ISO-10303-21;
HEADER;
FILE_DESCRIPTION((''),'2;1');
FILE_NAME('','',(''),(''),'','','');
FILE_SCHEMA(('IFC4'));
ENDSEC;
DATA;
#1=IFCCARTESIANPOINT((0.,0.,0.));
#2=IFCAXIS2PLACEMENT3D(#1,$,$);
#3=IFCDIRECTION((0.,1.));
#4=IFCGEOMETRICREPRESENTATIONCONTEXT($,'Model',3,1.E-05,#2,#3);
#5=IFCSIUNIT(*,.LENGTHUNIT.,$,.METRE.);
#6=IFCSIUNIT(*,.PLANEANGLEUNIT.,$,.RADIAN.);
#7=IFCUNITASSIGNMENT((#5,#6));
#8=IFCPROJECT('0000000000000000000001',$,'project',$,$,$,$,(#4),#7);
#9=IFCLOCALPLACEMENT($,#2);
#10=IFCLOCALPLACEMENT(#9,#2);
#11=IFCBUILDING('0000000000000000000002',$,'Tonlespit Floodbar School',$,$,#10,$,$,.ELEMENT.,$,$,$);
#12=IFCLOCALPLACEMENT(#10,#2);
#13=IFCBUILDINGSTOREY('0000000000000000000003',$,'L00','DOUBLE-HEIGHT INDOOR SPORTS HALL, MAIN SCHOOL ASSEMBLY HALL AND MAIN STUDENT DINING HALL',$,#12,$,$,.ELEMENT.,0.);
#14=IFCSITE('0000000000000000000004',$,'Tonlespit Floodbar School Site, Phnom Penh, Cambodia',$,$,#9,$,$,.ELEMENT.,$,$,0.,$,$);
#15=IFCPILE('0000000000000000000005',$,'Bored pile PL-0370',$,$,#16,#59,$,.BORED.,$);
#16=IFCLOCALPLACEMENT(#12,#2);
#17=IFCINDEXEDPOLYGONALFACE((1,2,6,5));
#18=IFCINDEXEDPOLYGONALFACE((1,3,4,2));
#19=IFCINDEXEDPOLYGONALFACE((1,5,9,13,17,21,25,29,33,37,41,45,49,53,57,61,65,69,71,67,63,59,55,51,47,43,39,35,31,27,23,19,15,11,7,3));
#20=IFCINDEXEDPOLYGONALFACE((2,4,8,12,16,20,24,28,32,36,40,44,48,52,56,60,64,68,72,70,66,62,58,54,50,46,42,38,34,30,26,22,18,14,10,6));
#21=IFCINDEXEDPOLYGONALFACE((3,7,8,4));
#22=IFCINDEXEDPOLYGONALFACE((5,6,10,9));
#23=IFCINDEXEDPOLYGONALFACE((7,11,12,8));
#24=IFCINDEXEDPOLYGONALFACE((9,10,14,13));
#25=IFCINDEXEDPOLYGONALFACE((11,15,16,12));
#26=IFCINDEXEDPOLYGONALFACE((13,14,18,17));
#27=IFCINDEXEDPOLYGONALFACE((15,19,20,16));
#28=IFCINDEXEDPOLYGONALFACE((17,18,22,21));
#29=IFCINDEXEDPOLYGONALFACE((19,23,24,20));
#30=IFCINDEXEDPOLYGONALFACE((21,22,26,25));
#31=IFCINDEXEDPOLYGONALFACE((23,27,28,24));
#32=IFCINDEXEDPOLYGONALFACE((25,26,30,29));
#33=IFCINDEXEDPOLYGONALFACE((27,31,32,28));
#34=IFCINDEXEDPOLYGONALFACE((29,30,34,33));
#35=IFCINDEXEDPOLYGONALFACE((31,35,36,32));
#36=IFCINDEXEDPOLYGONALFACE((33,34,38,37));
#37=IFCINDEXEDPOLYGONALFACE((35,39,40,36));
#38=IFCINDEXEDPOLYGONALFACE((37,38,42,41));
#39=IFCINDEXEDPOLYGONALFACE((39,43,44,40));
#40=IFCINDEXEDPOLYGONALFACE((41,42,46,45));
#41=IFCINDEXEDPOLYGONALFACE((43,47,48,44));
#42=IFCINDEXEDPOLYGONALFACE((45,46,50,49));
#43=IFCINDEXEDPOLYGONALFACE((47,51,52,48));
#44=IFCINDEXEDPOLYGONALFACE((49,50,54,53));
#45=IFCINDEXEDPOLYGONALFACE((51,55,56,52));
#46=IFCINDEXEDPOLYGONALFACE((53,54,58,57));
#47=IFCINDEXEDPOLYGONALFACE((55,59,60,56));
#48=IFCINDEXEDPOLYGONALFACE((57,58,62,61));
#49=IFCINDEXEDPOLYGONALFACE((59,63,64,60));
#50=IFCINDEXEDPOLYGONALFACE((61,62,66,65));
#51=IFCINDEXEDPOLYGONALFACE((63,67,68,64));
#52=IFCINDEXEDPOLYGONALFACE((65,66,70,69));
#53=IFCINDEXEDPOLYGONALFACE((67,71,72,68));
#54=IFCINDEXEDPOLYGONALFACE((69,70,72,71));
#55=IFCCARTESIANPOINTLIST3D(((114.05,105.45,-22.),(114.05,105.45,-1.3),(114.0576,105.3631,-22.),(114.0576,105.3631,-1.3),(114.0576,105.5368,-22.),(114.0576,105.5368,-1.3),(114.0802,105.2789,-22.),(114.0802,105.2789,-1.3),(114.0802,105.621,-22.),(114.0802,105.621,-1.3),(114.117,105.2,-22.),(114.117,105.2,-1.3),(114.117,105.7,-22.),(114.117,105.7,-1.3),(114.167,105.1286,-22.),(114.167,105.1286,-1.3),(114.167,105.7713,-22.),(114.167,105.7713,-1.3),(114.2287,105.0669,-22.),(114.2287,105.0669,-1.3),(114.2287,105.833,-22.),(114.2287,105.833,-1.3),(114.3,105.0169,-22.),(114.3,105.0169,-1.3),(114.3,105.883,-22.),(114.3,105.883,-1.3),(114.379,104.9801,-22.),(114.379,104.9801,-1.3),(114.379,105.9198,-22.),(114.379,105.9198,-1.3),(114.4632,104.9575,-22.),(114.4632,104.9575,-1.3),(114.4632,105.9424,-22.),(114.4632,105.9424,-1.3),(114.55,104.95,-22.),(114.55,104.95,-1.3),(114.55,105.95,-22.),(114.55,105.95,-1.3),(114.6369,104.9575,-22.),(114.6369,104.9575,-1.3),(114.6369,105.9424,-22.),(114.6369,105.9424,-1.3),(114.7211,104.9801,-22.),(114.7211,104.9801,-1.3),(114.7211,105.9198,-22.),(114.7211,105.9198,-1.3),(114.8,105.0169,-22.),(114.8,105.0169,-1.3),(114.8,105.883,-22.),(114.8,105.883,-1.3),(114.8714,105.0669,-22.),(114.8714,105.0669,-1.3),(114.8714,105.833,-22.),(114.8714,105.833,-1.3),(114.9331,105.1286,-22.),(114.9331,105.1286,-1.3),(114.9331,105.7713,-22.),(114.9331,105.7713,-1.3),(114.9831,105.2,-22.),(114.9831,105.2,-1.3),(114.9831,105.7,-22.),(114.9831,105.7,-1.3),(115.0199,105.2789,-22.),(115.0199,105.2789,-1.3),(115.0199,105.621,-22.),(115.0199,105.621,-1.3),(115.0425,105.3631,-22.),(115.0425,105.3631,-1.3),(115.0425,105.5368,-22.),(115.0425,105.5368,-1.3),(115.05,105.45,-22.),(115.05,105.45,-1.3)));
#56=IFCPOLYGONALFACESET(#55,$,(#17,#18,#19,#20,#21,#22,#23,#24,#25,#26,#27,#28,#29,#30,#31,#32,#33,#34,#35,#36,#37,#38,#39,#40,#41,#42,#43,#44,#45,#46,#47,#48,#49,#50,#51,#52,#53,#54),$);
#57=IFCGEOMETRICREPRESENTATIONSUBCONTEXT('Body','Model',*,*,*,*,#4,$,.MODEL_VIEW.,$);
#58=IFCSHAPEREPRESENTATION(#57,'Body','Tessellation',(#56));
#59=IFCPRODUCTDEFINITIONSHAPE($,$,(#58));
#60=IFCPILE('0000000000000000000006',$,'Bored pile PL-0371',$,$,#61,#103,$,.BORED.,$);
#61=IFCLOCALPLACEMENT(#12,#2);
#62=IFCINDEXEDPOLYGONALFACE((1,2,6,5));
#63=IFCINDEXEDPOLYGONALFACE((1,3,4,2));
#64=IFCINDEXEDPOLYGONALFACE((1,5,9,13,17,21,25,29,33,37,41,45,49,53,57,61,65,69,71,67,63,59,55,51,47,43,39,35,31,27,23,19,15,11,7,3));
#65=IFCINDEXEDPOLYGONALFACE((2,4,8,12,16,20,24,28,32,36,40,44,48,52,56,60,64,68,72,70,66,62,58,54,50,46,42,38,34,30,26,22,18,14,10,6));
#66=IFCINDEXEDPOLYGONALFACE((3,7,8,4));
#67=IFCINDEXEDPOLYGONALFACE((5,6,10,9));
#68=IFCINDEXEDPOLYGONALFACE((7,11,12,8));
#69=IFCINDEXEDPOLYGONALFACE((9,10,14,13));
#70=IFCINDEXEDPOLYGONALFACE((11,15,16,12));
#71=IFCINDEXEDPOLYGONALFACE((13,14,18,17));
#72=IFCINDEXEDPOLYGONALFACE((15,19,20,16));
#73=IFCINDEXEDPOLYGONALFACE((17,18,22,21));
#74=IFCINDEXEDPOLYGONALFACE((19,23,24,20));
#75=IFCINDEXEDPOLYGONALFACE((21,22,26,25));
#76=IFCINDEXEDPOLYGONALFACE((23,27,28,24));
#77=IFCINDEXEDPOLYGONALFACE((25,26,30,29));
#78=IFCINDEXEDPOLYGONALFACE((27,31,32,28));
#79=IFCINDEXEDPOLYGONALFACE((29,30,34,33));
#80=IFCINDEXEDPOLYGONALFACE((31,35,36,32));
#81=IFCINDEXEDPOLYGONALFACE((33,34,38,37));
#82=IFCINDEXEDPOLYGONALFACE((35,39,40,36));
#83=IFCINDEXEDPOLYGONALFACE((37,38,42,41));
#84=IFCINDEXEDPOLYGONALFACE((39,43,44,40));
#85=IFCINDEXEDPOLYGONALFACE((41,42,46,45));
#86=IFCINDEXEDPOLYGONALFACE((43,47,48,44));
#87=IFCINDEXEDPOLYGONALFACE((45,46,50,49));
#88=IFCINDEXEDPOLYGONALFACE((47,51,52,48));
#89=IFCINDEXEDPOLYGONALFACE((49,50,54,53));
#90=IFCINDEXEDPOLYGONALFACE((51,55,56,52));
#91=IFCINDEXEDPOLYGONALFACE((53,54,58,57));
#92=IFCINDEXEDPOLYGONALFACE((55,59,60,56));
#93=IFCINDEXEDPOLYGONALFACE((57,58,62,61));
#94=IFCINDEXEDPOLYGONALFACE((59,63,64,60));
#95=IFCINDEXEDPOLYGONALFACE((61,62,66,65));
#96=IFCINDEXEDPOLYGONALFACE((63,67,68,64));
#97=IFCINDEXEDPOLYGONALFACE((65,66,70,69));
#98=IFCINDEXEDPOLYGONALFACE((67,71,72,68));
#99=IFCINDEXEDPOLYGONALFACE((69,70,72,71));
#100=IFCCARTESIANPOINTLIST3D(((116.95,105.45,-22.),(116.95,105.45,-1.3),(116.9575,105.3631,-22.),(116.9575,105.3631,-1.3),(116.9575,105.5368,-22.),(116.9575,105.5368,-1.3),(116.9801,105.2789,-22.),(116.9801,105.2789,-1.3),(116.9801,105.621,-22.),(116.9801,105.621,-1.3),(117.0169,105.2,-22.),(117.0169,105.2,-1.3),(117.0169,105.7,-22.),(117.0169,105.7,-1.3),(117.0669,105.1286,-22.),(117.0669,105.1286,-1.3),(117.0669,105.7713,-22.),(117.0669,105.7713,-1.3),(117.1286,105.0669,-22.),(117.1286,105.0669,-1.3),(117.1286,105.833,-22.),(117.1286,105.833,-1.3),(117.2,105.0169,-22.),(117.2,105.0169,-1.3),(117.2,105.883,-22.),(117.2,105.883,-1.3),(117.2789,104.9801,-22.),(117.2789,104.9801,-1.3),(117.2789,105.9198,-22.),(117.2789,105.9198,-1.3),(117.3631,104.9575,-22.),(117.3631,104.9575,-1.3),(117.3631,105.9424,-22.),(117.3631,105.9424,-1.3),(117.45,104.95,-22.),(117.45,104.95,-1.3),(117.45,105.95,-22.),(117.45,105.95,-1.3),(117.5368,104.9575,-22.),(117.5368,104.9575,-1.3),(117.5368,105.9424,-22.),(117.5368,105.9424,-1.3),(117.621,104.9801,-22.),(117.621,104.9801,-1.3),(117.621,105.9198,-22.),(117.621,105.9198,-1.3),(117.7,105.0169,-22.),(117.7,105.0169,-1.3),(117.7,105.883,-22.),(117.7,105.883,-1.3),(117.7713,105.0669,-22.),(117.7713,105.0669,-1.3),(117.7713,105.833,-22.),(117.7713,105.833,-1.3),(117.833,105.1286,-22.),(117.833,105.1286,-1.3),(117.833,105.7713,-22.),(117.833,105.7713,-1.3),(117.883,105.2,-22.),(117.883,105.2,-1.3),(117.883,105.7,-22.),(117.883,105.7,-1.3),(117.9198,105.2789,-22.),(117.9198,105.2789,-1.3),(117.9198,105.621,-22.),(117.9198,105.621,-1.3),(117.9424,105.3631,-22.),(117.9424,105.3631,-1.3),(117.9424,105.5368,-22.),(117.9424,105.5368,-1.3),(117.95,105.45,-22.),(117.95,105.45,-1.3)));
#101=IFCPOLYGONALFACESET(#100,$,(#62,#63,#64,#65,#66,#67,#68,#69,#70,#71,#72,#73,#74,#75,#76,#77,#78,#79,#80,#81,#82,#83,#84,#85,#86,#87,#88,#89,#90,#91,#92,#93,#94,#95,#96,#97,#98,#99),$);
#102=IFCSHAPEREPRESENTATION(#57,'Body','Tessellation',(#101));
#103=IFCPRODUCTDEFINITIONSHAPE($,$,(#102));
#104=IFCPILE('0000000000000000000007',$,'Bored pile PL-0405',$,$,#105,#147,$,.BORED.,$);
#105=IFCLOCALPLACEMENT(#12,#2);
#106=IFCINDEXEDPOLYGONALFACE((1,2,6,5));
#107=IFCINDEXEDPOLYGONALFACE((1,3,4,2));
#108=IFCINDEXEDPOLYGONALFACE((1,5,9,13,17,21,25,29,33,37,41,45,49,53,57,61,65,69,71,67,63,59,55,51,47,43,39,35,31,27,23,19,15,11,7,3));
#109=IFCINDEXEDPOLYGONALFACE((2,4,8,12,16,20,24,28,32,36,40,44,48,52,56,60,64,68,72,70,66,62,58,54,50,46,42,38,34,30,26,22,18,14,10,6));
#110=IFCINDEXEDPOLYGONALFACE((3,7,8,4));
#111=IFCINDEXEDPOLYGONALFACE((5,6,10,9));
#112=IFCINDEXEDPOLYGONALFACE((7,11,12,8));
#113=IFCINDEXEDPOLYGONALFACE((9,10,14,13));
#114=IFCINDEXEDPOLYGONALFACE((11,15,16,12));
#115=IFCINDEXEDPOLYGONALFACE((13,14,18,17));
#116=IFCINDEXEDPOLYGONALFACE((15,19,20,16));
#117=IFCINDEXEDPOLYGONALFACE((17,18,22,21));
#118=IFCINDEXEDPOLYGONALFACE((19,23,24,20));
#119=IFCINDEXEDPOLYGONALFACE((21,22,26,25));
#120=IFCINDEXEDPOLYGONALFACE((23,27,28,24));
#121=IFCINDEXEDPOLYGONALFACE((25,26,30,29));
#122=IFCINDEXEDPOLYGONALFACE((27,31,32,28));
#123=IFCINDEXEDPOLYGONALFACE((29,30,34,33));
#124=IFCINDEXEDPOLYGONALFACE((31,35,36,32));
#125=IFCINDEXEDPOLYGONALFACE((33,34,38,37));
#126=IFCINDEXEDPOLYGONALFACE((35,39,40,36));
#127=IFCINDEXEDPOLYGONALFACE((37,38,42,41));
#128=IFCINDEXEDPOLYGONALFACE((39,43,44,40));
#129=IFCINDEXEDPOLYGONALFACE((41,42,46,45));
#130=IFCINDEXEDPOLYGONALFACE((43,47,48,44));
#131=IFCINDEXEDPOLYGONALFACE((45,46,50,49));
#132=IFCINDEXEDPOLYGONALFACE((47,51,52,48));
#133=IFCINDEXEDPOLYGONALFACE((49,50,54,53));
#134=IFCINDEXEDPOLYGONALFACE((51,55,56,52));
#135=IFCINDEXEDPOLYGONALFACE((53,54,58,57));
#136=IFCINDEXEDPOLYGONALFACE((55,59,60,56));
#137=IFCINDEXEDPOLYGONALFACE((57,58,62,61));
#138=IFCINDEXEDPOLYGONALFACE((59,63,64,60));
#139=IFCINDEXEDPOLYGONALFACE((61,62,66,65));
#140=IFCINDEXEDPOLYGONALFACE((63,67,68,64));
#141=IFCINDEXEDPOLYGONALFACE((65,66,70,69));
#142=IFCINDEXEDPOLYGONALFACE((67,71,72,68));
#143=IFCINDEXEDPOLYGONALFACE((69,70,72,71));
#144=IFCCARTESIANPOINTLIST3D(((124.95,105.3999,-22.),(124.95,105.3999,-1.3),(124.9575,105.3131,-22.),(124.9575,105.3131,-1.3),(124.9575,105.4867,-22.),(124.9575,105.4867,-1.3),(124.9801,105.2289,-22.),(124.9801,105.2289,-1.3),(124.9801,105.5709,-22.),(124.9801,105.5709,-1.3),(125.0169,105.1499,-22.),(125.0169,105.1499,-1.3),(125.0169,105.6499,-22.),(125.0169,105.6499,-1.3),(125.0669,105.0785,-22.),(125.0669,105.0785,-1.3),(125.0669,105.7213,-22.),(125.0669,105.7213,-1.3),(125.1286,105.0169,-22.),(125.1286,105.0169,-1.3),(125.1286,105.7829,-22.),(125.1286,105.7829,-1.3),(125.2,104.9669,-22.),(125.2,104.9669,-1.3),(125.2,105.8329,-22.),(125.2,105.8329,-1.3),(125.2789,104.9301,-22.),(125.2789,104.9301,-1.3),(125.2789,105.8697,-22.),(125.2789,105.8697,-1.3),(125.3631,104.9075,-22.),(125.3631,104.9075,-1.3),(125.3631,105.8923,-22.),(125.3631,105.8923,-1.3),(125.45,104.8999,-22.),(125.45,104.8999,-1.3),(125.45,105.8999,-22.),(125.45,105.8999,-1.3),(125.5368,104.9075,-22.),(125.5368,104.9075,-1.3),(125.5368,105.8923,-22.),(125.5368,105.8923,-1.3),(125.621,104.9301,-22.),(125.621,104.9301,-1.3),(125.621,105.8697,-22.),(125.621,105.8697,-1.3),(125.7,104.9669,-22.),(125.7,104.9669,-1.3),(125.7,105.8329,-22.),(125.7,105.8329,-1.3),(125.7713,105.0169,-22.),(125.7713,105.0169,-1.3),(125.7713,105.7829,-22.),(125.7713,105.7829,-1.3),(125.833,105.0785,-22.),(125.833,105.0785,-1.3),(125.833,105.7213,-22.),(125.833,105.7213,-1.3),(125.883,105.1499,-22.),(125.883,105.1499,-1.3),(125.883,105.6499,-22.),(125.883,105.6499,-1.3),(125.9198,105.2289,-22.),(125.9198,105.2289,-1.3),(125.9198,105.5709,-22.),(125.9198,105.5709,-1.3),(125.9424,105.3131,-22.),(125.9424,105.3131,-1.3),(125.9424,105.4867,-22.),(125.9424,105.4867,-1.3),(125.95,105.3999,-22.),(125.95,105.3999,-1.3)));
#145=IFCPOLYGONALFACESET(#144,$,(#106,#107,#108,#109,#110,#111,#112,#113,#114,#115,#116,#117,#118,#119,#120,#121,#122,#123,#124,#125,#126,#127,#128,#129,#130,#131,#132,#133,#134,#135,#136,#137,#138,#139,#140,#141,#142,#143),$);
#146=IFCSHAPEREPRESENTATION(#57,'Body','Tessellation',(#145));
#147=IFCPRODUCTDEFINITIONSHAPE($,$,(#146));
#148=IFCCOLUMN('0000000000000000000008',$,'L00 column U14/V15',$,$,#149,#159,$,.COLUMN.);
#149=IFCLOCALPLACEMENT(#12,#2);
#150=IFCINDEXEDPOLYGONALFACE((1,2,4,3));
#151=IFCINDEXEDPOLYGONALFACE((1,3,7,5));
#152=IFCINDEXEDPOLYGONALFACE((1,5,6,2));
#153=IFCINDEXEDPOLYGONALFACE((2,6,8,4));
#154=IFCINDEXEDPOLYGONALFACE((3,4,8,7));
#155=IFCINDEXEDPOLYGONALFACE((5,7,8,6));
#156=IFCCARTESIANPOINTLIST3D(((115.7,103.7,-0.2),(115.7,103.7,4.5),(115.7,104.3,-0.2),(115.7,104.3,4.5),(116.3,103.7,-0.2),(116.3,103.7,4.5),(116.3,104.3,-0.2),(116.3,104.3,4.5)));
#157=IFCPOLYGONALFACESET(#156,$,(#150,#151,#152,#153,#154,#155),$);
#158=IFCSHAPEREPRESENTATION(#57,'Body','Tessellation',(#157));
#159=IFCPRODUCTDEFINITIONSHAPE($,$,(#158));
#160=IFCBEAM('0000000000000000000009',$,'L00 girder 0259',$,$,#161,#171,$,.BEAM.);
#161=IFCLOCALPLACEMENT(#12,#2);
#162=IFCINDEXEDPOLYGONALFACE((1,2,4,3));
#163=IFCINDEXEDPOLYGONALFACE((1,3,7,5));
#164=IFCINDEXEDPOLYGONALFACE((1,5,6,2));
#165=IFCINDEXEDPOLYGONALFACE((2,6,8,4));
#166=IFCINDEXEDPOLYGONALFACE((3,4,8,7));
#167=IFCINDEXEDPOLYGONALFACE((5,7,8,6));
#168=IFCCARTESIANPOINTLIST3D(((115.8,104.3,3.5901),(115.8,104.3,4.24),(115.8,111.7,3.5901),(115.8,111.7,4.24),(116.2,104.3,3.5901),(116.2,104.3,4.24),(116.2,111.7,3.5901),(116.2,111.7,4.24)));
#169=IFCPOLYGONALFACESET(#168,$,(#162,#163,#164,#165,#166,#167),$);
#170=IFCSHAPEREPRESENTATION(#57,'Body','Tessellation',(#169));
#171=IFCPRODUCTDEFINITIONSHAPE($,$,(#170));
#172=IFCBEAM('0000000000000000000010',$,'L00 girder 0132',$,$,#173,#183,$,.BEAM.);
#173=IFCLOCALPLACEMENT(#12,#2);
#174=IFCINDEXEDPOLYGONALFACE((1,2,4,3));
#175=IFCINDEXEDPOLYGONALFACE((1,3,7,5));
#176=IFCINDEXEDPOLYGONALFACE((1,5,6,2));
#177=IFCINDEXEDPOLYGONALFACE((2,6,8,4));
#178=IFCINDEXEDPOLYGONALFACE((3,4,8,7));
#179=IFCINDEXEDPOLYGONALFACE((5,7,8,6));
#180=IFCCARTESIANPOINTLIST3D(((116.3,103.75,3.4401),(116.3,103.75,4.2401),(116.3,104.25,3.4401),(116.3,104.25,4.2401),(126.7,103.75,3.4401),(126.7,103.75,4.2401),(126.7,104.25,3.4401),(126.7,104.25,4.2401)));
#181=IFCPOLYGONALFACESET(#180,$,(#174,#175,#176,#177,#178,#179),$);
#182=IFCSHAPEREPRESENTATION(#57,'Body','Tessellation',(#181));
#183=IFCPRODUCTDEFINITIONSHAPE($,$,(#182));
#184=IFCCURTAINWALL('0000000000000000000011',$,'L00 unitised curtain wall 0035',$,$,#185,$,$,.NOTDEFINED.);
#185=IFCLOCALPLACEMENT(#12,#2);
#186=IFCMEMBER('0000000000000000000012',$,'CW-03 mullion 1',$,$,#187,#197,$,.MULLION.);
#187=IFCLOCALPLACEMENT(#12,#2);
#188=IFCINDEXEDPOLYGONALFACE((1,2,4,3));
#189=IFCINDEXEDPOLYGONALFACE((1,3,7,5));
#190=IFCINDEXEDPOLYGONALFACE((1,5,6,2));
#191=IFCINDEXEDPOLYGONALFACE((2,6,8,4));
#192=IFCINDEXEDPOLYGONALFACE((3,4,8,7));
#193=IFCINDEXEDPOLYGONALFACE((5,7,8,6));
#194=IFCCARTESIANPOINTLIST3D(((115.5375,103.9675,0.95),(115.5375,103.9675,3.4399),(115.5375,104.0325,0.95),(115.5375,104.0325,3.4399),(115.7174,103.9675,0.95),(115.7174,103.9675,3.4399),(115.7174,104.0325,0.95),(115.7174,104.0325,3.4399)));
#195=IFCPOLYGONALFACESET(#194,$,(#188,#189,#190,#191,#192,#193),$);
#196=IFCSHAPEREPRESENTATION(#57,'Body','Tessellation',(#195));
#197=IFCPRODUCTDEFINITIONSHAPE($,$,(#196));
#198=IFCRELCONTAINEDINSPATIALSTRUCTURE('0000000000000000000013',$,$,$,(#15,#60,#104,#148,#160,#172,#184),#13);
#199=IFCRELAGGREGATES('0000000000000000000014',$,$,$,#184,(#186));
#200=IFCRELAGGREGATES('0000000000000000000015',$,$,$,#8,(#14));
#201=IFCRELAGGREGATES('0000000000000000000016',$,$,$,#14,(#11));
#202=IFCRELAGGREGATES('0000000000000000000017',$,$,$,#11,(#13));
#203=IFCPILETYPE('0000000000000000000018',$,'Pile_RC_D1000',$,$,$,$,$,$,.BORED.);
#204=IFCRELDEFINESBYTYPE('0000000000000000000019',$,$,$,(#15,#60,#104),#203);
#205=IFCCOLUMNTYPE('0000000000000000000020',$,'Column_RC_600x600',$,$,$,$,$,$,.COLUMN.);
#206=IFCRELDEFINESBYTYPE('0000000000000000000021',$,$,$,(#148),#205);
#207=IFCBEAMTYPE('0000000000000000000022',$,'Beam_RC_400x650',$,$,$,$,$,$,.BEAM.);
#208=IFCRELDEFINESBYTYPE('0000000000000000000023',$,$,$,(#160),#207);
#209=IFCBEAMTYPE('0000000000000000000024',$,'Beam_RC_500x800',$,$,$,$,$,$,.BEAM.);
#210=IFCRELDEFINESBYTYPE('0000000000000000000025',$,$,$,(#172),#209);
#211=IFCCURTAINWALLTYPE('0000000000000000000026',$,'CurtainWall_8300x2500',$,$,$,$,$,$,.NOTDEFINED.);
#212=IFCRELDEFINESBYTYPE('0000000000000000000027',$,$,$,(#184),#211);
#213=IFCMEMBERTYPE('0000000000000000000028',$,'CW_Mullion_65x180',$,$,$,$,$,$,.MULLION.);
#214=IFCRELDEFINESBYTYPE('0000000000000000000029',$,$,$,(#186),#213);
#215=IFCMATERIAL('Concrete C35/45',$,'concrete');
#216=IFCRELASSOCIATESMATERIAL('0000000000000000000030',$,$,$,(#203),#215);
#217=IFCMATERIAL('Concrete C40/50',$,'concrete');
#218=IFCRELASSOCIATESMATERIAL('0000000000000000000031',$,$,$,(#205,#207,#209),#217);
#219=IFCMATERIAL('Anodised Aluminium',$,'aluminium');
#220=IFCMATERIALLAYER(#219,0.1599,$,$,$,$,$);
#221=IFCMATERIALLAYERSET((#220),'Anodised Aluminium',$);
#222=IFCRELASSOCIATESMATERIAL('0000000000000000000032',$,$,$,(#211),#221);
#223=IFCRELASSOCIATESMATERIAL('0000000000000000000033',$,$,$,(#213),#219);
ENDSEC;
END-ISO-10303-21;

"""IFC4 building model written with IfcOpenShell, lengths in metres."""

from ifc_helpers import new_model, si_unit, direction, frame, origin, origin_2d, place, context, subcontext, project, spatial, rectangle, circle, extrude, material, layer, layer_set, material_profile, profile_set, type_object, element, aggregate, save


model = new_model("IFC4")

# Units and contexts
model_context = context("Model", 3, precision=1e-05, world=origin(), true_north=direction((0.0, 1.0)))
body_context = subcontext(model_context, "Body", "Model", "MODEL_VIEW")
ifc_project = project(units=[si_unit("LENGTHUNIT", "METRE"), si_unit("PLANEANGLEUNIT", "RADIAN")], contexts=[model_context])

# Site, building, storey
site_placement = place(None, origin())
site = spatial("IfcSite", under=ifc_project, at=site_placement, Name="Tonlespit Floodbar School Site, Phnom Penh, Cambodia", CompositionType="ELEMENT", RefElevation=0.0)
building_placement = place(site_placement, origin())
building = spatial("IfcBuilding", under=site, at=building_placement, Name="Tonlespit Floodbar School", CompositionType="ELEMENT")
storey_placement = place(building_placement, origin())
storey = spatial("IfcBuildingStorey", under=building, at=storey_placement, Name="L00", Description="DOUBLE-HEIGHT INDOOR SPORTS HALL, MAIN SCHOOL ASSEMBLY HALL AND MAIN STUDENT DINING HALL", CompositionType="ELEMENT", Elevation=0.0)

# Shared definitions
ifc_material_1 = material(Name="Concrete C40/50", Category="concrete")

# Piles
ifc_material_2 = material(Name="Concrete C35/45", Category="concrete")
ifc_material_profile_1 = material_profile(ifc_material_2, circle(Radius=0.5, at=origin_2d()), Name="BP D1000")
ifc_profile_set_1 = profile_set([ifc_material_profile_1], Name="Concrete C35/45")
pile_type = type_object("IfcPileType", Name="Pile_RC_D1000", PredefinedType="BORED", material=ifc_profile_set_1)
for number, where, z_axis, x_axis, name in (
    (1, (114.55, 105.45, -1.3), (0.0, 0.0, -1.0), (1.0, 0.0, 0.0), "Bored pile PL-0370"),
    (2, (117.45, 105.45, -1.3), (0.0, 0.0, -1.0), (1.0, 0.0, 0.0), "Bored pile PL-0371"),
    (3, (125.45, 105.3999, -1.3), (0.0, 0.0, -1.0), (1.0, 0.0, 0.0), "Bored pile PL-0405"),
):
    element("IfcPile", number, at=place(storey_placement, frame(where, z_axis=z_axis, x_axis=x_axis)), inside=storey, type_object=pile_type, Name=name, PredefinedType="BORED", context=body_context, shape_type="SweptSolid", body=[
        extrude(circle(Radius=0.5, at=origin_2d()), origin(), (0.0, 0.0, 1.0), 20.7),
    ])

# Column
ifc_material_profile_2 = material_profile(ifc_material_1, rectangle(XDim=0.6001, YDim=0.6001, at=origin_2d()), Name="RC 600x600")
ifc_profile_set_2 = profile_set([ifc_material_profile_2], Name="Concrete C40/50")
column_type = type_object("IfcColumnType", Name="Column_RC_600x600", PredefinedType="COLUMN", material=ifc_profile_set_2)
column_placement = place(storey_placement, frame((116.0, 104.0, -0.2), z_axis=(0.0, 0.0, 1.0), x_axis=(1.0, 0.0, 0.0)))
element("IfcColumn", 4, at=column_placement, inside=storey, type_object=column_type, Name="L00 column U14/V15", PredefinedType="COLUMN", context=body_context, shape_type="SweptSolid", body=[
    extrude(rectangle(XDim=0.6001, YDim=0.6001, at=origin_2d()), origin(), (0.0, 0.0, 1.0), 4.7),
])

# Beams
ifc_material_profile_3 = material_profile(ifc_material_1, rectangle(XDim=0.3999, YDim=0.6499, at=origin_2d()), Name="RC 400x650")
ifc_profile_set_3 = profile_set([ifc_material_profile_3], Name="Concrete C40/50")
beam_type_1 = type_object("IfcBeamType", Name="Beam_RC_400x650", PredefinedType="BEAM", material=ifc_profile_set_3)
beam_1_placement = place(storey_placement, frame((116.0, 104.3, 3.915), z_axis=(0.0, 1.0, 0.0), x_axis=(-1.0, 0.0, 0.0)))
element("IfcBeam", 5, at=beam_1_placement, inside=storey, type_object=beam_type_1, Name="L00 girder 0259", PredefinedType="BEAM", context=body_context, shape_type="SweptSolid", body=[
    extrude(rectangle(XDim=0.3999, YDim=0.6499, at=origin_2d()), origin(), (0.0, 0.0, 1.0), 7.3999),
])
ifc_material_profile_4 = material_profile(ifc_material_1, rectangle(XDim=0.5, YDim=0.8, at=origin_2d()), Name="RC 500x800")
ifc_profile_set_4 = profile_set([ifc_material_profile_4], Name="Concrete C40/50")
beam_type_2 = type_object("IfcBeamType", Name="Beam_RC_500x800", PredefinedType="BEAM", material=ifc_profile_set_4)
beam_2_placement = place(storey_placement, frame((116.3, 104.0, 3.8401), z_axis=(1.0, 0.0, 0.0), x_axis=(0.0, 1.0, 0.0)))
element("IfcBeam", 6, at=beam_2_placement, inside=storey, type_object=beam_type_2, Name="L00 girder 0132", PredefinedType="BEAM", context=body_context, shape_type="SweptSolid", body=[
    extrude(rectangle(XDim=0.5, YDim=0.8, at=origin_2d()), origin(), (0.0, 0.0, 1.0), 10.3999),
])

# Curtain wall, member
ifc_material_3 = material(Name="Anodised Aluminium", Category="aluminium")
ifc_layer_1 = layer(ifc_material_3, 0.1599)
ifc_layer_set_1 = layer_set([ifc_layer_1], Name="Anodised Aluminium")
curtain_wall_type = type_object("IfcCurtainWallType", Name="CurtainWall_8300x2500", PredefinedType="NOTDEFINED", material=ifc_layer_set_1)
curtain_wall_placement = place(storey_placement, origin())
curtain_wall = element("IfcCurtainWall", 7, at=curtain_wall_placement, inside=storey, type_object=curtain_wall_type, Name="L00 unitised curtain wall 0035", PredefinedType="NOTDEFINED")
ifc_material_profile_5 = material_profile(ifc_material_3, rectangle(XDim=0.0649, YDim=0.1799, at=origin_2d()), Name="ALU M65x180")
ifc_profile_set_5 = profile_set([ifc_material_profile_5], Name="Anodised Aluminium")
member_type_1 = type_object("IfcMemberType", Name="CW_Mullion_65x180", PredefinedType="MULLION", material=ifc_profile_set_5)
member_1_placement = place(storey_placement, frame((115.6274, 104.0, 0.95), z_axis=(0.0, 0.0, 1.0), x_axis=(0.0, -1.0, 0.0)))
member_1 = element("IfcMember", 8, at=member_1_placement, type_object=member_type_1, Name="CW-03 mullion 1", PredefinedType="MULLION", context=body_context, shape_type="SweptSolid", body=[
    extrude(rectangle(XDim=0.0649, YDim=0.1799, at=origin_2d()), origin(), (0.0, 0.0, 1.0), 2.49),
])
aggregate(curtain_wall, [member_1])

save(model, "model.ifc")
